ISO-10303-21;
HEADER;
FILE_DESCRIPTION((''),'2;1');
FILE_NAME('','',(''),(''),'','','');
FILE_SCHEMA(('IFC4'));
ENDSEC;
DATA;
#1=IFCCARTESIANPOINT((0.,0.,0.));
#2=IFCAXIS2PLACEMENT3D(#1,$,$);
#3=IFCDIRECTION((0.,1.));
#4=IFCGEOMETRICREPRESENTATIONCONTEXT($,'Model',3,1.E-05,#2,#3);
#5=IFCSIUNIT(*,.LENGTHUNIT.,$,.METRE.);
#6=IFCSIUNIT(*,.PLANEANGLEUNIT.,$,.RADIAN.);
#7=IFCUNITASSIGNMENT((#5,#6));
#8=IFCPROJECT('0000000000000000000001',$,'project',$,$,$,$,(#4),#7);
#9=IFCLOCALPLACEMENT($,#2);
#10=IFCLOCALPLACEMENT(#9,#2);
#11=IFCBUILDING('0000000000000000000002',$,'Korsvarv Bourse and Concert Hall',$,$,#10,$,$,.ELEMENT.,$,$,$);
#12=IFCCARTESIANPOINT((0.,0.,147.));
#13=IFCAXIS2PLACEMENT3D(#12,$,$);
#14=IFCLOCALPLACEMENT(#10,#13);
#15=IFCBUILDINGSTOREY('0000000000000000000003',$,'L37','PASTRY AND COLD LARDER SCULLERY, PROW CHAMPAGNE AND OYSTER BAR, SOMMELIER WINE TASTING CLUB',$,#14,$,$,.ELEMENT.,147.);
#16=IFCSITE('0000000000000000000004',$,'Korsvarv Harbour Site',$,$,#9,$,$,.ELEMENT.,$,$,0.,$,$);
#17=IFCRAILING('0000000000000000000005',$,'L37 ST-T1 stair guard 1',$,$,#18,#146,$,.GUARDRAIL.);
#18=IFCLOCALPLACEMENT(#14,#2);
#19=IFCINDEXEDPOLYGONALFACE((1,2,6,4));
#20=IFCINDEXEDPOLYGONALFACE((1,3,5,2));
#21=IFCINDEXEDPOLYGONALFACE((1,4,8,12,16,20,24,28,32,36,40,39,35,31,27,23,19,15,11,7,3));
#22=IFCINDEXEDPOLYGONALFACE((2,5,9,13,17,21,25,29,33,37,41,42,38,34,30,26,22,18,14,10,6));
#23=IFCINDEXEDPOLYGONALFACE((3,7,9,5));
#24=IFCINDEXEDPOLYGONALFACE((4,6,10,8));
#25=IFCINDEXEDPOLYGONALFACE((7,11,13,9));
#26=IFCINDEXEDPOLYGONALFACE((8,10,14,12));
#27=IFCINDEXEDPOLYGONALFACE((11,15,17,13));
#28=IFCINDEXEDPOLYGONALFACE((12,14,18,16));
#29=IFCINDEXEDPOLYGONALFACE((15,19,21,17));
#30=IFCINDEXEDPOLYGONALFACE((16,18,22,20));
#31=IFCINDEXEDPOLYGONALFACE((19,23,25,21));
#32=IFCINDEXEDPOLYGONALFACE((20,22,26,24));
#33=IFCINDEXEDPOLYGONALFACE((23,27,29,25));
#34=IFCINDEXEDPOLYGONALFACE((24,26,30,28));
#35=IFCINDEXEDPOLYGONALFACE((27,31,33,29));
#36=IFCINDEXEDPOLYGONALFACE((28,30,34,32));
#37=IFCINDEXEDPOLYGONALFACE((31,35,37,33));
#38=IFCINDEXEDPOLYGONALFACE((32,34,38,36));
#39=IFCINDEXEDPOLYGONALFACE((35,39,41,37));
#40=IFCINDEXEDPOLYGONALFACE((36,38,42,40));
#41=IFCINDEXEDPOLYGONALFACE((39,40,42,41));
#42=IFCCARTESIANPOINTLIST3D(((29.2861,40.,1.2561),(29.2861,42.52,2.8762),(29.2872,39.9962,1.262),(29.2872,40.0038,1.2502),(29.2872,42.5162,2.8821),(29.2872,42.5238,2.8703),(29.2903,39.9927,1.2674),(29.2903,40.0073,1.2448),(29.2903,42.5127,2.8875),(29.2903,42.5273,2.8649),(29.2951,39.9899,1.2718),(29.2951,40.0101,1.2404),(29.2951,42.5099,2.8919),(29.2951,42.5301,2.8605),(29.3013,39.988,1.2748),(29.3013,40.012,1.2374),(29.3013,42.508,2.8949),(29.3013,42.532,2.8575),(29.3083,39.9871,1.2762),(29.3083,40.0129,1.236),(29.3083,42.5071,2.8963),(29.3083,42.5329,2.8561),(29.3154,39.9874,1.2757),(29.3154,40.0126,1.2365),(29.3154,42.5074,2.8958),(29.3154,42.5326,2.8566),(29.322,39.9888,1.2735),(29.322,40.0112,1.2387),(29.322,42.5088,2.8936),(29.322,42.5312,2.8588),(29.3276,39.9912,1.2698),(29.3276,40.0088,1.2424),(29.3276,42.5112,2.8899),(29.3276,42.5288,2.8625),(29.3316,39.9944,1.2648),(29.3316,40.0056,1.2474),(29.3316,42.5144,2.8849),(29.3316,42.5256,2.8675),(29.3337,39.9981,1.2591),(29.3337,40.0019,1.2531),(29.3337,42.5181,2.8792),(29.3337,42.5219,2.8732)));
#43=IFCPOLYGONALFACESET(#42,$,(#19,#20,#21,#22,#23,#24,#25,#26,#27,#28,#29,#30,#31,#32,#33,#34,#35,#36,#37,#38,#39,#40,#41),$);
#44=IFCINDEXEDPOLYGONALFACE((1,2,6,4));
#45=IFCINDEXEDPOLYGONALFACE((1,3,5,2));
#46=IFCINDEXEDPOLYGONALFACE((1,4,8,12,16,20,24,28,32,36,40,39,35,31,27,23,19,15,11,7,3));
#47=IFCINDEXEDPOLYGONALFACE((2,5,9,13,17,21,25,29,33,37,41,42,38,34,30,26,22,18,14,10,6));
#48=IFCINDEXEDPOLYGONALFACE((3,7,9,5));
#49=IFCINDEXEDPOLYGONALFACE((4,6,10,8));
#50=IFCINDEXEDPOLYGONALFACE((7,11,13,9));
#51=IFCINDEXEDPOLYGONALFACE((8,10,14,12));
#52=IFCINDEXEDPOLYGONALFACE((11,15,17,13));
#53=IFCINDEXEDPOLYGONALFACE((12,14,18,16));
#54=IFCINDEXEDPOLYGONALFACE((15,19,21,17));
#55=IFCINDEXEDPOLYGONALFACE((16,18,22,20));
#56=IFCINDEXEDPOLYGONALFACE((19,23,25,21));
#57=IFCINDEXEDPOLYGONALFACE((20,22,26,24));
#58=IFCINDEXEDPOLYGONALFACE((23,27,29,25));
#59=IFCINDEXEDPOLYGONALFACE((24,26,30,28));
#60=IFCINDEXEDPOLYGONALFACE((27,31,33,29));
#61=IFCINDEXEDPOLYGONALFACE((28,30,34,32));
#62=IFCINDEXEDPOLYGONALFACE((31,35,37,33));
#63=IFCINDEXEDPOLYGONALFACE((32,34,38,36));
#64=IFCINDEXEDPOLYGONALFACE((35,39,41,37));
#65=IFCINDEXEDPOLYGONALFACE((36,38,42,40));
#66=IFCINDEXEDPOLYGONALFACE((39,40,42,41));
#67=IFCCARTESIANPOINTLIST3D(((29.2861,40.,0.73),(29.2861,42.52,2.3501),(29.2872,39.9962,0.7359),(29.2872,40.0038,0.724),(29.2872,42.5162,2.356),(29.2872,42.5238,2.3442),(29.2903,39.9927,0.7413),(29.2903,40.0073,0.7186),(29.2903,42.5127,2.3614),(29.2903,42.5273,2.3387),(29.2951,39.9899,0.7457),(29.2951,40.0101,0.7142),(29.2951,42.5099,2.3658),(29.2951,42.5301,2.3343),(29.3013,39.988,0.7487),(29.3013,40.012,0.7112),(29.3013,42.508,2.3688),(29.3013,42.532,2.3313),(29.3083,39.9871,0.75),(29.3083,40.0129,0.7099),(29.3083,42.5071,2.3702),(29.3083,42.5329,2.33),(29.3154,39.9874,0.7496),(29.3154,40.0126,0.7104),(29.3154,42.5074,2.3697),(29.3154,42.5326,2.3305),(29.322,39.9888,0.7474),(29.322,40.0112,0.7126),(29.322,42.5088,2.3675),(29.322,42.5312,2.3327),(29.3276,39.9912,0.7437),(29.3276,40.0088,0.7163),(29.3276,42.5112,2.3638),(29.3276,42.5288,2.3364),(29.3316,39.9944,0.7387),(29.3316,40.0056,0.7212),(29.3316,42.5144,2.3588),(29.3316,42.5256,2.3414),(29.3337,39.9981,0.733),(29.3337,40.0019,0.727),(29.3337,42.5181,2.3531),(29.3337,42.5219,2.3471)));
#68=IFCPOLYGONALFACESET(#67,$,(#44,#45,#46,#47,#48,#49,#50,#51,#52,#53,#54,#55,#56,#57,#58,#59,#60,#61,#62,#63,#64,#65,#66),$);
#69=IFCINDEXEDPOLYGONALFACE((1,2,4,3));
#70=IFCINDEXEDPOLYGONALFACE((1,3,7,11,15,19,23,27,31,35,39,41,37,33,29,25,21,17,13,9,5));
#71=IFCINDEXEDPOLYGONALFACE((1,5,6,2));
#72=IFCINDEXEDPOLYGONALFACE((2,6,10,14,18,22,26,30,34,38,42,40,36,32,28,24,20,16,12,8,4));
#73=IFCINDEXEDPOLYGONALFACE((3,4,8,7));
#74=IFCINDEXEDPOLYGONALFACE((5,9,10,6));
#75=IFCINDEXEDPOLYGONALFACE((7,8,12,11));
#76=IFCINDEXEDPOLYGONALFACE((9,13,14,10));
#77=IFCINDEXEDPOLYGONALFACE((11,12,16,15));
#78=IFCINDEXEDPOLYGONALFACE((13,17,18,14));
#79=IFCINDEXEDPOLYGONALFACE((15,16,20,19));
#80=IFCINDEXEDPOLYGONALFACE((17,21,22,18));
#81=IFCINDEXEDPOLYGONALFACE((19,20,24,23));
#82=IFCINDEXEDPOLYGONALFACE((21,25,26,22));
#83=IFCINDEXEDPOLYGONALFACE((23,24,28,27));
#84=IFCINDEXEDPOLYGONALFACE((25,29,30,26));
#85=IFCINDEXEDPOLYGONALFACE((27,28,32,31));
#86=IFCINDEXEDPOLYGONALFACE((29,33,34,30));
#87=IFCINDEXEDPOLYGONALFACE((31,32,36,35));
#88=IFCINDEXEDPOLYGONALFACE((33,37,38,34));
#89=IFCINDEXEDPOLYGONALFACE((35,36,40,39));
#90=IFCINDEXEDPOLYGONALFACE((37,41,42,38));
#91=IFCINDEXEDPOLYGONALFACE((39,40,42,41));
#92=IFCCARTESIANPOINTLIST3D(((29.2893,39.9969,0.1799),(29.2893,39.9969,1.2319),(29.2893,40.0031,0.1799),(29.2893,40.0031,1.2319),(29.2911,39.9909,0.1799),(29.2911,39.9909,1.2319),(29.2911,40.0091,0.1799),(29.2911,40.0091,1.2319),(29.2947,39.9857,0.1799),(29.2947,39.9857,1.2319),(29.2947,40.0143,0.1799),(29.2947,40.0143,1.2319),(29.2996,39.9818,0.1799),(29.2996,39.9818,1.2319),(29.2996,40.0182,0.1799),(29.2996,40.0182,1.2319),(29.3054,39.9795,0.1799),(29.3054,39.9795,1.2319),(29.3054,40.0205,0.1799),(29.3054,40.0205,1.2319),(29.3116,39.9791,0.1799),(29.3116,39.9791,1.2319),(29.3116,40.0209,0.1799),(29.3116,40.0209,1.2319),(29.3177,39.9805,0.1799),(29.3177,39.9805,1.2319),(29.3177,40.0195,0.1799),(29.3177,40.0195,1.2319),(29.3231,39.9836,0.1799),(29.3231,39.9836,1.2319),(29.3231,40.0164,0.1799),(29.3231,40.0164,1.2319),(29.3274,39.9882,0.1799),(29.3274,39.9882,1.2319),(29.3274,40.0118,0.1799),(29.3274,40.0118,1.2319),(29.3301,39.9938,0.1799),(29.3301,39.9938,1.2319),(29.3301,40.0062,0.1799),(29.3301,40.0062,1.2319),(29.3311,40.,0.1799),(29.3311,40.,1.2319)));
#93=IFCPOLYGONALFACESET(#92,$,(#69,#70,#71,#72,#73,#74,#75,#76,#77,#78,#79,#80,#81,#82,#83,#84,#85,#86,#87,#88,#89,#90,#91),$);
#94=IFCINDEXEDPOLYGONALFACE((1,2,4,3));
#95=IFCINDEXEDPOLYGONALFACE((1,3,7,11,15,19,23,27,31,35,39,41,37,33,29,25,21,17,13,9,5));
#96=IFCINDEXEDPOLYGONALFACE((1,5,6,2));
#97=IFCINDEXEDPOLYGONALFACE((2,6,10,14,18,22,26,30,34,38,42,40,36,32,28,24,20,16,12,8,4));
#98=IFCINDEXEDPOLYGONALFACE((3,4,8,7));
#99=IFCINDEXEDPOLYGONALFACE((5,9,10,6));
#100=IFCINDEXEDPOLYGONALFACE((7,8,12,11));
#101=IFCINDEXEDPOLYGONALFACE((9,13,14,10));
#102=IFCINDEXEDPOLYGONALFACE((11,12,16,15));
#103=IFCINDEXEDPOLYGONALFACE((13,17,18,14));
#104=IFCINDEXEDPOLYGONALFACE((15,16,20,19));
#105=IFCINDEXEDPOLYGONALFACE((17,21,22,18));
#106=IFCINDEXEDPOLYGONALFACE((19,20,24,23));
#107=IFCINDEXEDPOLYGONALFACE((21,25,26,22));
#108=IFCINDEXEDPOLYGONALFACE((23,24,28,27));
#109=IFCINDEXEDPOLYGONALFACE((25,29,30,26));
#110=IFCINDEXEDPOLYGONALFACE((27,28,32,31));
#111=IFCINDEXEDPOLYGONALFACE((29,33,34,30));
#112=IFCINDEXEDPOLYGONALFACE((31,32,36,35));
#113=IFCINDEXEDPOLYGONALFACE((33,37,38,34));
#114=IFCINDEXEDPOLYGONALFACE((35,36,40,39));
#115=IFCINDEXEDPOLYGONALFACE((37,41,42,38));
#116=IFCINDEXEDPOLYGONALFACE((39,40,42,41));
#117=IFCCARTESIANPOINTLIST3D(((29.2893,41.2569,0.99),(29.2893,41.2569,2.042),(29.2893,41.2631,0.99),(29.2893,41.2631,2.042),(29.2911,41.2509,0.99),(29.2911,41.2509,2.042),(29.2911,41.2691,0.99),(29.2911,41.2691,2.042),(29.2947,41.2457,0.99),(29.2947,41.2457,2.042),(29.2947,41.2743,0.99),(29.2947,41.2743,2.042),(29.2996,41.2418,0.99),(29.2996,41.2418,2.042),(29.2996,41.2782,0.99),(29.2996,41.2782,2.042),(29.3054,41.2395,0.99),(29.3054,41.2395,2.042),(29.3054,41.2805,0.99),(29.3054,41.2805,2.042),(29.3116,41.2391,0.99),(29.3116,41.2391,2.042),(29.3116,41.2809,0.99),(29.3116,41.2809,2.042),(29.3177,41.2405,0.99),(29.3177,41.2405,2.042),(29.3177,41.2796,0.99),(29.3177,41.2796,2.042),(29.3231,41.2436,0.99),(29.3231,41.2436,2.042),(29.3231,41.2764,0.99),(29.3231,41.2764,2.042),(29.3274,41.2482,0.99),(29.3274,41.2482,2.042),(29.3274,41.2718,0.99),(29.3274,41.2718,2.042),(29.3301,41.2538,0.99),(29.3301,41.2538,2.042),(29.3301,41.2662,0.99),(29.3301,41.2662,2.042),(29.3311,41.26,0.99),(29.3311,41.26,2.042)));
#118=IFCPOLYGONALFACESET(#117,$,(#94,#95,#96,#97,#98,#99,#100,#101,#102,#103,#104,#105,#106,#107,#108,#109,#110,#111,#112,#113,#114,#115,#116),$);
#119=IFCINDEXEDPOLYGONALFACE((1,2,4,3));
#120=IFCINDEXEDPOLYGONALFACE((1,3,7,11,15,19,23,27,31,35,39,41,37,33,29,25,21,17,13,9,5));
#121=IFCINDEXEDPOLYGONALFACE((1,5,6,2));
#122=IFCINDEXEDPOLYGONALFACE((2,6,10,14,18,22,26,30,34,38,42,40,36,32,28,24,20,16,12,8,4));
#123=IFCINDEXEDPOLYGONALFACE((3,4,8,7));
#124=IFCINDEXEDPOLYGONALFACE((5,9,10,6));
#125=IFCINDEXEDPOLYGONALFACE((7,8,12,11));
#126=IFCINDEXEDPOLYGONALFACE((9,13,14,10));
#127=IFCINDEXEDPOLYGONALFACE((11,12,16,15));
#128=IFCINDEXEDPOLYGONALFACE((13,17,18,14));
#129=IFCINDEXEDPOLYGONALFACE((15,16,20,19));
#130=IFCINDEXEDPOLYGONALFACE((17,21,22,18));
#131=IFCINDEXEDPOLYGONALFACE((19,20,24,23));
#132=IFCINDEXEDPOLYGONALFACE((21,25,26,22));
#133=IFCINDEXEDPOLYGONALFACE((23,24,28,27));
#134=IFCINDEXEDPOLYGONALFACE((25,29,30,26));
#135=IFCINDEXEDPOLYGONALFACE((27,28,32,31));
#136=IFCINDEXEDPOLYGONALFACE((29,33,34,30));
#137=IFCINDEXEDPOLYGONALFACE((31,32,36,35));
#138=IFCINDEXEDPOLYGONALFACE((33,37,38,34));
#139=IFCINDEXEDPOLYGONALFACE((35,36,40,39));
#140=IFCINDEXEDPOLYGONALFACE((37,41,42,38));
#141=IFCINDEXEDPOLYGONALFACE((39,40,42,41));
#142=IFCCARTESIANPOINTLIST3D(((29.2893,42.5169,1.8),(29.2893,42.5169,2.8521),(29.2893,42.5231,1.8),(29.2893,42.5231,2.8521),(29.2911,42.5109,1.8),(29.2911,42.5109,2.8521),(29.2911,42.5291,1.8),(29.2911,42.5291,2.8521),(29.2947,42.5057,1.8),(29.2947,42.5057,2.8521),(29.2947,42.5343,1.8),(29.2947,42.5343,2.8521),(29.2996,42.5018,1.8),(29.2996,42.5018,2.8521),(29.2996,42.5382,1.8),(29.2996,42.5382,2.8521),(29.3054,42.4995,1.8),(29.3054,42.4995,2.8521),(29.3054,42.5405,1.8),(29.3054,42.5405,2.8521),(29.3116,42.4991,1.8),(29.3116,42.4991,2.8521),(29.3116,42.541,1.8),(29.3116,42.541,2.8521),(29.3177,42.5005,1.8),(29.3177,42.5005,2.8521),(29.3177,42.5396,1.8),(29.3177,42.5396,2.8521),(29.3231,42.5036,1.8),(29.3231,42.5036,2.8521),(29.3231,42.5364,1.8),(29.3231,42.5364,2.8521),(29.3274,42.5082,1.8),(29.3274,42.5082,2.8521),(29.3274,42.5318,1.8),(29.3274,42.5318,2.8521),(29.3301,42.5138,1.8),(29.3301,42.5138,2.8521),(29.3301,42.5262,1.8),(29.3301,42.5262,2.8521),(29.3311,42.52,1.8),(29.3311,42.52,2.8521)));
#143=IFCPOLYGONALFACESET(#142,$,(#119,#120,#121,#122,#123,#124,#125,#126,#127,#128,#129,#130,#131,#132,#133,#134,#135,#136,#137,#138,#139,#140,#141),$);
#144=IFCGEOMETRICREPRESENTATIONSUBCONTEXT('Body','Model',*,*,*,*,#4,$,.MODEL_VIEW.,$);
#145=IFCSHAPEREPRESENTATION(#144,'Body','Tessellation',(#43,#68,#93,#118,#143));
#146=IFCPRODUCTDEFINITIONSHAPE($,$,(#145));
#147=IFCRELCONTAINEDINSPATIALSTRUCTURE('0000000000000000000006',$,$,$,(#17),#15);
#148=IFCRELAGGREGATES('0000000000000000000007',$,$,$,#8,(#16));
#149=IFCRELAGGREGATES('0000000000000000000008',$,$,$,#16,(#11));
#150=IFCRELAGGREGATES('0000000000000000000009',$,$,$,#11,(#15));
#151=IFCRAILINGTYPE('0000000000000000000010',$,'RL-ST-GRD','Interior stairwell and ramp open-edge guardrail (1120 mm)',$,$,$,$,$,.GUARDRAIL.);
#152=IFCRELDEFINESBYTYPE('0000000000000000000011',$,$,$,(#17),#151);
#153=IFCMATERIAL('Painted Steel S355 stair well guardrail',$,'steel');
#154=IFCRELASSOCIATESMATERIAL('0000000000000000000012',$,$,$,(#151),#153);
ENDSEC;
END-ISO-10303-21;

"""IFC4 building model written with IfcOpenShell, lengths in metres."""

from ifc_helpers import new_model, si_unit, direction, frame, origin, origin_2d, place, context, subcontext, project, spatial, circle, extrude, material, type_object, element, save


model = new_model("IFC4")

# Units and contexts
model_context = context("Model", 3, precision=1e-05, world=origin(), true_north=direction((0.0, 1.0)))
body_context = subcontext(model_context, "Body", "Model", "MODEL_VIEW")
ifc_project = project(units=[si_unit("LENGTHUNIT", "METRE"), si_unit("PLANEANGLEUNIT", "RADIAN")], contexts=[model_context])

# Site, building, storey
site_placement = place(None, origin())
site = spatial("IfcSite", under=ifc_project, at=site_placement, Name="Korsvarv Harbour Site", CompositionType="ELEMENT", RefElevation=0.0)
building_placement = place(site_placement, origin())
building = spatial("IfcBuilding", under=site, at=building_placement, Name="Korsvarv Bourse and Concert Hall", CompositionType="ELEMENT")
storey_placement = place(building_placement, frame((0.0, 0.0, 147.0)))
storey = spatial("IfcBuildingStorey", under=building, at=storey_placement, Name="L37", Description="PASTRY AND COLD LARDER SCULLERY, PROW CHAMPAGNE AND OYSTER BAR, SOMMELIER WINE TASTING CLUB", CompositionType="ELEMENT", Elevation=147.0)

# Railing
ifc_material_1 = material(Name="Painted Steel S355 stair well guardrail", Category="steel")
railing_type_1 = type_object("IfcRailingType", Name="RL-ST-GRD", Description="Interior stairwell and ramp open-edge guardrail (1120 mm)", PredefinedType="GUARDRAIL", material=ifc_material_1)
railing_1_placement = place(storey_placement, frame((29.3101, 40.0, 0.1799)))
element("IfcRailing", 1, at=railing_1_placement, inside=storey, type_object=railing_type_1, Name="L37 ST-T1 stair guard 1", PredefinedType="GUARDRAIL", context=body_context, shape_type="SweptSolid", body=[
    extrude(circle(Radius=0.0239, at=origin_2d()), frame((0.0, 0.0, 1.0762), z_axis=(0.0, 0.841163, 0.540782), x_axis=(-1.0, 0.0, 0.0)), (0.0, 0.0, 1.0), 2.9958),
    extrude(circle(Radius=0.0239, at=origin_2d()), frame((0.0, 0.0, 0.55), z_axis=(0.0, 0.841163, 0.540782), x_axis=(-1.0, 0.0, 0.0)), (0.0, 0.0, 1.0), 2.9958),
    extrude(circle(Radius=0.021, at=origin_2d()), origin(), (0.0, 0.0, 1.0), 1.052),
    extrude(circle(Radius=0.021, at=origin_2d()), frame((0.0, 1.26, 0.8101)), (0.0, 0.0, 1.0), 1.052),
    extrude(circle(Radius=0.021, at=origin_2d()), frame((0.0, 2.52, 1.6201)), (0.0, 0.0, 1.0), 1.052),
])

save(model, "model.ifc")
